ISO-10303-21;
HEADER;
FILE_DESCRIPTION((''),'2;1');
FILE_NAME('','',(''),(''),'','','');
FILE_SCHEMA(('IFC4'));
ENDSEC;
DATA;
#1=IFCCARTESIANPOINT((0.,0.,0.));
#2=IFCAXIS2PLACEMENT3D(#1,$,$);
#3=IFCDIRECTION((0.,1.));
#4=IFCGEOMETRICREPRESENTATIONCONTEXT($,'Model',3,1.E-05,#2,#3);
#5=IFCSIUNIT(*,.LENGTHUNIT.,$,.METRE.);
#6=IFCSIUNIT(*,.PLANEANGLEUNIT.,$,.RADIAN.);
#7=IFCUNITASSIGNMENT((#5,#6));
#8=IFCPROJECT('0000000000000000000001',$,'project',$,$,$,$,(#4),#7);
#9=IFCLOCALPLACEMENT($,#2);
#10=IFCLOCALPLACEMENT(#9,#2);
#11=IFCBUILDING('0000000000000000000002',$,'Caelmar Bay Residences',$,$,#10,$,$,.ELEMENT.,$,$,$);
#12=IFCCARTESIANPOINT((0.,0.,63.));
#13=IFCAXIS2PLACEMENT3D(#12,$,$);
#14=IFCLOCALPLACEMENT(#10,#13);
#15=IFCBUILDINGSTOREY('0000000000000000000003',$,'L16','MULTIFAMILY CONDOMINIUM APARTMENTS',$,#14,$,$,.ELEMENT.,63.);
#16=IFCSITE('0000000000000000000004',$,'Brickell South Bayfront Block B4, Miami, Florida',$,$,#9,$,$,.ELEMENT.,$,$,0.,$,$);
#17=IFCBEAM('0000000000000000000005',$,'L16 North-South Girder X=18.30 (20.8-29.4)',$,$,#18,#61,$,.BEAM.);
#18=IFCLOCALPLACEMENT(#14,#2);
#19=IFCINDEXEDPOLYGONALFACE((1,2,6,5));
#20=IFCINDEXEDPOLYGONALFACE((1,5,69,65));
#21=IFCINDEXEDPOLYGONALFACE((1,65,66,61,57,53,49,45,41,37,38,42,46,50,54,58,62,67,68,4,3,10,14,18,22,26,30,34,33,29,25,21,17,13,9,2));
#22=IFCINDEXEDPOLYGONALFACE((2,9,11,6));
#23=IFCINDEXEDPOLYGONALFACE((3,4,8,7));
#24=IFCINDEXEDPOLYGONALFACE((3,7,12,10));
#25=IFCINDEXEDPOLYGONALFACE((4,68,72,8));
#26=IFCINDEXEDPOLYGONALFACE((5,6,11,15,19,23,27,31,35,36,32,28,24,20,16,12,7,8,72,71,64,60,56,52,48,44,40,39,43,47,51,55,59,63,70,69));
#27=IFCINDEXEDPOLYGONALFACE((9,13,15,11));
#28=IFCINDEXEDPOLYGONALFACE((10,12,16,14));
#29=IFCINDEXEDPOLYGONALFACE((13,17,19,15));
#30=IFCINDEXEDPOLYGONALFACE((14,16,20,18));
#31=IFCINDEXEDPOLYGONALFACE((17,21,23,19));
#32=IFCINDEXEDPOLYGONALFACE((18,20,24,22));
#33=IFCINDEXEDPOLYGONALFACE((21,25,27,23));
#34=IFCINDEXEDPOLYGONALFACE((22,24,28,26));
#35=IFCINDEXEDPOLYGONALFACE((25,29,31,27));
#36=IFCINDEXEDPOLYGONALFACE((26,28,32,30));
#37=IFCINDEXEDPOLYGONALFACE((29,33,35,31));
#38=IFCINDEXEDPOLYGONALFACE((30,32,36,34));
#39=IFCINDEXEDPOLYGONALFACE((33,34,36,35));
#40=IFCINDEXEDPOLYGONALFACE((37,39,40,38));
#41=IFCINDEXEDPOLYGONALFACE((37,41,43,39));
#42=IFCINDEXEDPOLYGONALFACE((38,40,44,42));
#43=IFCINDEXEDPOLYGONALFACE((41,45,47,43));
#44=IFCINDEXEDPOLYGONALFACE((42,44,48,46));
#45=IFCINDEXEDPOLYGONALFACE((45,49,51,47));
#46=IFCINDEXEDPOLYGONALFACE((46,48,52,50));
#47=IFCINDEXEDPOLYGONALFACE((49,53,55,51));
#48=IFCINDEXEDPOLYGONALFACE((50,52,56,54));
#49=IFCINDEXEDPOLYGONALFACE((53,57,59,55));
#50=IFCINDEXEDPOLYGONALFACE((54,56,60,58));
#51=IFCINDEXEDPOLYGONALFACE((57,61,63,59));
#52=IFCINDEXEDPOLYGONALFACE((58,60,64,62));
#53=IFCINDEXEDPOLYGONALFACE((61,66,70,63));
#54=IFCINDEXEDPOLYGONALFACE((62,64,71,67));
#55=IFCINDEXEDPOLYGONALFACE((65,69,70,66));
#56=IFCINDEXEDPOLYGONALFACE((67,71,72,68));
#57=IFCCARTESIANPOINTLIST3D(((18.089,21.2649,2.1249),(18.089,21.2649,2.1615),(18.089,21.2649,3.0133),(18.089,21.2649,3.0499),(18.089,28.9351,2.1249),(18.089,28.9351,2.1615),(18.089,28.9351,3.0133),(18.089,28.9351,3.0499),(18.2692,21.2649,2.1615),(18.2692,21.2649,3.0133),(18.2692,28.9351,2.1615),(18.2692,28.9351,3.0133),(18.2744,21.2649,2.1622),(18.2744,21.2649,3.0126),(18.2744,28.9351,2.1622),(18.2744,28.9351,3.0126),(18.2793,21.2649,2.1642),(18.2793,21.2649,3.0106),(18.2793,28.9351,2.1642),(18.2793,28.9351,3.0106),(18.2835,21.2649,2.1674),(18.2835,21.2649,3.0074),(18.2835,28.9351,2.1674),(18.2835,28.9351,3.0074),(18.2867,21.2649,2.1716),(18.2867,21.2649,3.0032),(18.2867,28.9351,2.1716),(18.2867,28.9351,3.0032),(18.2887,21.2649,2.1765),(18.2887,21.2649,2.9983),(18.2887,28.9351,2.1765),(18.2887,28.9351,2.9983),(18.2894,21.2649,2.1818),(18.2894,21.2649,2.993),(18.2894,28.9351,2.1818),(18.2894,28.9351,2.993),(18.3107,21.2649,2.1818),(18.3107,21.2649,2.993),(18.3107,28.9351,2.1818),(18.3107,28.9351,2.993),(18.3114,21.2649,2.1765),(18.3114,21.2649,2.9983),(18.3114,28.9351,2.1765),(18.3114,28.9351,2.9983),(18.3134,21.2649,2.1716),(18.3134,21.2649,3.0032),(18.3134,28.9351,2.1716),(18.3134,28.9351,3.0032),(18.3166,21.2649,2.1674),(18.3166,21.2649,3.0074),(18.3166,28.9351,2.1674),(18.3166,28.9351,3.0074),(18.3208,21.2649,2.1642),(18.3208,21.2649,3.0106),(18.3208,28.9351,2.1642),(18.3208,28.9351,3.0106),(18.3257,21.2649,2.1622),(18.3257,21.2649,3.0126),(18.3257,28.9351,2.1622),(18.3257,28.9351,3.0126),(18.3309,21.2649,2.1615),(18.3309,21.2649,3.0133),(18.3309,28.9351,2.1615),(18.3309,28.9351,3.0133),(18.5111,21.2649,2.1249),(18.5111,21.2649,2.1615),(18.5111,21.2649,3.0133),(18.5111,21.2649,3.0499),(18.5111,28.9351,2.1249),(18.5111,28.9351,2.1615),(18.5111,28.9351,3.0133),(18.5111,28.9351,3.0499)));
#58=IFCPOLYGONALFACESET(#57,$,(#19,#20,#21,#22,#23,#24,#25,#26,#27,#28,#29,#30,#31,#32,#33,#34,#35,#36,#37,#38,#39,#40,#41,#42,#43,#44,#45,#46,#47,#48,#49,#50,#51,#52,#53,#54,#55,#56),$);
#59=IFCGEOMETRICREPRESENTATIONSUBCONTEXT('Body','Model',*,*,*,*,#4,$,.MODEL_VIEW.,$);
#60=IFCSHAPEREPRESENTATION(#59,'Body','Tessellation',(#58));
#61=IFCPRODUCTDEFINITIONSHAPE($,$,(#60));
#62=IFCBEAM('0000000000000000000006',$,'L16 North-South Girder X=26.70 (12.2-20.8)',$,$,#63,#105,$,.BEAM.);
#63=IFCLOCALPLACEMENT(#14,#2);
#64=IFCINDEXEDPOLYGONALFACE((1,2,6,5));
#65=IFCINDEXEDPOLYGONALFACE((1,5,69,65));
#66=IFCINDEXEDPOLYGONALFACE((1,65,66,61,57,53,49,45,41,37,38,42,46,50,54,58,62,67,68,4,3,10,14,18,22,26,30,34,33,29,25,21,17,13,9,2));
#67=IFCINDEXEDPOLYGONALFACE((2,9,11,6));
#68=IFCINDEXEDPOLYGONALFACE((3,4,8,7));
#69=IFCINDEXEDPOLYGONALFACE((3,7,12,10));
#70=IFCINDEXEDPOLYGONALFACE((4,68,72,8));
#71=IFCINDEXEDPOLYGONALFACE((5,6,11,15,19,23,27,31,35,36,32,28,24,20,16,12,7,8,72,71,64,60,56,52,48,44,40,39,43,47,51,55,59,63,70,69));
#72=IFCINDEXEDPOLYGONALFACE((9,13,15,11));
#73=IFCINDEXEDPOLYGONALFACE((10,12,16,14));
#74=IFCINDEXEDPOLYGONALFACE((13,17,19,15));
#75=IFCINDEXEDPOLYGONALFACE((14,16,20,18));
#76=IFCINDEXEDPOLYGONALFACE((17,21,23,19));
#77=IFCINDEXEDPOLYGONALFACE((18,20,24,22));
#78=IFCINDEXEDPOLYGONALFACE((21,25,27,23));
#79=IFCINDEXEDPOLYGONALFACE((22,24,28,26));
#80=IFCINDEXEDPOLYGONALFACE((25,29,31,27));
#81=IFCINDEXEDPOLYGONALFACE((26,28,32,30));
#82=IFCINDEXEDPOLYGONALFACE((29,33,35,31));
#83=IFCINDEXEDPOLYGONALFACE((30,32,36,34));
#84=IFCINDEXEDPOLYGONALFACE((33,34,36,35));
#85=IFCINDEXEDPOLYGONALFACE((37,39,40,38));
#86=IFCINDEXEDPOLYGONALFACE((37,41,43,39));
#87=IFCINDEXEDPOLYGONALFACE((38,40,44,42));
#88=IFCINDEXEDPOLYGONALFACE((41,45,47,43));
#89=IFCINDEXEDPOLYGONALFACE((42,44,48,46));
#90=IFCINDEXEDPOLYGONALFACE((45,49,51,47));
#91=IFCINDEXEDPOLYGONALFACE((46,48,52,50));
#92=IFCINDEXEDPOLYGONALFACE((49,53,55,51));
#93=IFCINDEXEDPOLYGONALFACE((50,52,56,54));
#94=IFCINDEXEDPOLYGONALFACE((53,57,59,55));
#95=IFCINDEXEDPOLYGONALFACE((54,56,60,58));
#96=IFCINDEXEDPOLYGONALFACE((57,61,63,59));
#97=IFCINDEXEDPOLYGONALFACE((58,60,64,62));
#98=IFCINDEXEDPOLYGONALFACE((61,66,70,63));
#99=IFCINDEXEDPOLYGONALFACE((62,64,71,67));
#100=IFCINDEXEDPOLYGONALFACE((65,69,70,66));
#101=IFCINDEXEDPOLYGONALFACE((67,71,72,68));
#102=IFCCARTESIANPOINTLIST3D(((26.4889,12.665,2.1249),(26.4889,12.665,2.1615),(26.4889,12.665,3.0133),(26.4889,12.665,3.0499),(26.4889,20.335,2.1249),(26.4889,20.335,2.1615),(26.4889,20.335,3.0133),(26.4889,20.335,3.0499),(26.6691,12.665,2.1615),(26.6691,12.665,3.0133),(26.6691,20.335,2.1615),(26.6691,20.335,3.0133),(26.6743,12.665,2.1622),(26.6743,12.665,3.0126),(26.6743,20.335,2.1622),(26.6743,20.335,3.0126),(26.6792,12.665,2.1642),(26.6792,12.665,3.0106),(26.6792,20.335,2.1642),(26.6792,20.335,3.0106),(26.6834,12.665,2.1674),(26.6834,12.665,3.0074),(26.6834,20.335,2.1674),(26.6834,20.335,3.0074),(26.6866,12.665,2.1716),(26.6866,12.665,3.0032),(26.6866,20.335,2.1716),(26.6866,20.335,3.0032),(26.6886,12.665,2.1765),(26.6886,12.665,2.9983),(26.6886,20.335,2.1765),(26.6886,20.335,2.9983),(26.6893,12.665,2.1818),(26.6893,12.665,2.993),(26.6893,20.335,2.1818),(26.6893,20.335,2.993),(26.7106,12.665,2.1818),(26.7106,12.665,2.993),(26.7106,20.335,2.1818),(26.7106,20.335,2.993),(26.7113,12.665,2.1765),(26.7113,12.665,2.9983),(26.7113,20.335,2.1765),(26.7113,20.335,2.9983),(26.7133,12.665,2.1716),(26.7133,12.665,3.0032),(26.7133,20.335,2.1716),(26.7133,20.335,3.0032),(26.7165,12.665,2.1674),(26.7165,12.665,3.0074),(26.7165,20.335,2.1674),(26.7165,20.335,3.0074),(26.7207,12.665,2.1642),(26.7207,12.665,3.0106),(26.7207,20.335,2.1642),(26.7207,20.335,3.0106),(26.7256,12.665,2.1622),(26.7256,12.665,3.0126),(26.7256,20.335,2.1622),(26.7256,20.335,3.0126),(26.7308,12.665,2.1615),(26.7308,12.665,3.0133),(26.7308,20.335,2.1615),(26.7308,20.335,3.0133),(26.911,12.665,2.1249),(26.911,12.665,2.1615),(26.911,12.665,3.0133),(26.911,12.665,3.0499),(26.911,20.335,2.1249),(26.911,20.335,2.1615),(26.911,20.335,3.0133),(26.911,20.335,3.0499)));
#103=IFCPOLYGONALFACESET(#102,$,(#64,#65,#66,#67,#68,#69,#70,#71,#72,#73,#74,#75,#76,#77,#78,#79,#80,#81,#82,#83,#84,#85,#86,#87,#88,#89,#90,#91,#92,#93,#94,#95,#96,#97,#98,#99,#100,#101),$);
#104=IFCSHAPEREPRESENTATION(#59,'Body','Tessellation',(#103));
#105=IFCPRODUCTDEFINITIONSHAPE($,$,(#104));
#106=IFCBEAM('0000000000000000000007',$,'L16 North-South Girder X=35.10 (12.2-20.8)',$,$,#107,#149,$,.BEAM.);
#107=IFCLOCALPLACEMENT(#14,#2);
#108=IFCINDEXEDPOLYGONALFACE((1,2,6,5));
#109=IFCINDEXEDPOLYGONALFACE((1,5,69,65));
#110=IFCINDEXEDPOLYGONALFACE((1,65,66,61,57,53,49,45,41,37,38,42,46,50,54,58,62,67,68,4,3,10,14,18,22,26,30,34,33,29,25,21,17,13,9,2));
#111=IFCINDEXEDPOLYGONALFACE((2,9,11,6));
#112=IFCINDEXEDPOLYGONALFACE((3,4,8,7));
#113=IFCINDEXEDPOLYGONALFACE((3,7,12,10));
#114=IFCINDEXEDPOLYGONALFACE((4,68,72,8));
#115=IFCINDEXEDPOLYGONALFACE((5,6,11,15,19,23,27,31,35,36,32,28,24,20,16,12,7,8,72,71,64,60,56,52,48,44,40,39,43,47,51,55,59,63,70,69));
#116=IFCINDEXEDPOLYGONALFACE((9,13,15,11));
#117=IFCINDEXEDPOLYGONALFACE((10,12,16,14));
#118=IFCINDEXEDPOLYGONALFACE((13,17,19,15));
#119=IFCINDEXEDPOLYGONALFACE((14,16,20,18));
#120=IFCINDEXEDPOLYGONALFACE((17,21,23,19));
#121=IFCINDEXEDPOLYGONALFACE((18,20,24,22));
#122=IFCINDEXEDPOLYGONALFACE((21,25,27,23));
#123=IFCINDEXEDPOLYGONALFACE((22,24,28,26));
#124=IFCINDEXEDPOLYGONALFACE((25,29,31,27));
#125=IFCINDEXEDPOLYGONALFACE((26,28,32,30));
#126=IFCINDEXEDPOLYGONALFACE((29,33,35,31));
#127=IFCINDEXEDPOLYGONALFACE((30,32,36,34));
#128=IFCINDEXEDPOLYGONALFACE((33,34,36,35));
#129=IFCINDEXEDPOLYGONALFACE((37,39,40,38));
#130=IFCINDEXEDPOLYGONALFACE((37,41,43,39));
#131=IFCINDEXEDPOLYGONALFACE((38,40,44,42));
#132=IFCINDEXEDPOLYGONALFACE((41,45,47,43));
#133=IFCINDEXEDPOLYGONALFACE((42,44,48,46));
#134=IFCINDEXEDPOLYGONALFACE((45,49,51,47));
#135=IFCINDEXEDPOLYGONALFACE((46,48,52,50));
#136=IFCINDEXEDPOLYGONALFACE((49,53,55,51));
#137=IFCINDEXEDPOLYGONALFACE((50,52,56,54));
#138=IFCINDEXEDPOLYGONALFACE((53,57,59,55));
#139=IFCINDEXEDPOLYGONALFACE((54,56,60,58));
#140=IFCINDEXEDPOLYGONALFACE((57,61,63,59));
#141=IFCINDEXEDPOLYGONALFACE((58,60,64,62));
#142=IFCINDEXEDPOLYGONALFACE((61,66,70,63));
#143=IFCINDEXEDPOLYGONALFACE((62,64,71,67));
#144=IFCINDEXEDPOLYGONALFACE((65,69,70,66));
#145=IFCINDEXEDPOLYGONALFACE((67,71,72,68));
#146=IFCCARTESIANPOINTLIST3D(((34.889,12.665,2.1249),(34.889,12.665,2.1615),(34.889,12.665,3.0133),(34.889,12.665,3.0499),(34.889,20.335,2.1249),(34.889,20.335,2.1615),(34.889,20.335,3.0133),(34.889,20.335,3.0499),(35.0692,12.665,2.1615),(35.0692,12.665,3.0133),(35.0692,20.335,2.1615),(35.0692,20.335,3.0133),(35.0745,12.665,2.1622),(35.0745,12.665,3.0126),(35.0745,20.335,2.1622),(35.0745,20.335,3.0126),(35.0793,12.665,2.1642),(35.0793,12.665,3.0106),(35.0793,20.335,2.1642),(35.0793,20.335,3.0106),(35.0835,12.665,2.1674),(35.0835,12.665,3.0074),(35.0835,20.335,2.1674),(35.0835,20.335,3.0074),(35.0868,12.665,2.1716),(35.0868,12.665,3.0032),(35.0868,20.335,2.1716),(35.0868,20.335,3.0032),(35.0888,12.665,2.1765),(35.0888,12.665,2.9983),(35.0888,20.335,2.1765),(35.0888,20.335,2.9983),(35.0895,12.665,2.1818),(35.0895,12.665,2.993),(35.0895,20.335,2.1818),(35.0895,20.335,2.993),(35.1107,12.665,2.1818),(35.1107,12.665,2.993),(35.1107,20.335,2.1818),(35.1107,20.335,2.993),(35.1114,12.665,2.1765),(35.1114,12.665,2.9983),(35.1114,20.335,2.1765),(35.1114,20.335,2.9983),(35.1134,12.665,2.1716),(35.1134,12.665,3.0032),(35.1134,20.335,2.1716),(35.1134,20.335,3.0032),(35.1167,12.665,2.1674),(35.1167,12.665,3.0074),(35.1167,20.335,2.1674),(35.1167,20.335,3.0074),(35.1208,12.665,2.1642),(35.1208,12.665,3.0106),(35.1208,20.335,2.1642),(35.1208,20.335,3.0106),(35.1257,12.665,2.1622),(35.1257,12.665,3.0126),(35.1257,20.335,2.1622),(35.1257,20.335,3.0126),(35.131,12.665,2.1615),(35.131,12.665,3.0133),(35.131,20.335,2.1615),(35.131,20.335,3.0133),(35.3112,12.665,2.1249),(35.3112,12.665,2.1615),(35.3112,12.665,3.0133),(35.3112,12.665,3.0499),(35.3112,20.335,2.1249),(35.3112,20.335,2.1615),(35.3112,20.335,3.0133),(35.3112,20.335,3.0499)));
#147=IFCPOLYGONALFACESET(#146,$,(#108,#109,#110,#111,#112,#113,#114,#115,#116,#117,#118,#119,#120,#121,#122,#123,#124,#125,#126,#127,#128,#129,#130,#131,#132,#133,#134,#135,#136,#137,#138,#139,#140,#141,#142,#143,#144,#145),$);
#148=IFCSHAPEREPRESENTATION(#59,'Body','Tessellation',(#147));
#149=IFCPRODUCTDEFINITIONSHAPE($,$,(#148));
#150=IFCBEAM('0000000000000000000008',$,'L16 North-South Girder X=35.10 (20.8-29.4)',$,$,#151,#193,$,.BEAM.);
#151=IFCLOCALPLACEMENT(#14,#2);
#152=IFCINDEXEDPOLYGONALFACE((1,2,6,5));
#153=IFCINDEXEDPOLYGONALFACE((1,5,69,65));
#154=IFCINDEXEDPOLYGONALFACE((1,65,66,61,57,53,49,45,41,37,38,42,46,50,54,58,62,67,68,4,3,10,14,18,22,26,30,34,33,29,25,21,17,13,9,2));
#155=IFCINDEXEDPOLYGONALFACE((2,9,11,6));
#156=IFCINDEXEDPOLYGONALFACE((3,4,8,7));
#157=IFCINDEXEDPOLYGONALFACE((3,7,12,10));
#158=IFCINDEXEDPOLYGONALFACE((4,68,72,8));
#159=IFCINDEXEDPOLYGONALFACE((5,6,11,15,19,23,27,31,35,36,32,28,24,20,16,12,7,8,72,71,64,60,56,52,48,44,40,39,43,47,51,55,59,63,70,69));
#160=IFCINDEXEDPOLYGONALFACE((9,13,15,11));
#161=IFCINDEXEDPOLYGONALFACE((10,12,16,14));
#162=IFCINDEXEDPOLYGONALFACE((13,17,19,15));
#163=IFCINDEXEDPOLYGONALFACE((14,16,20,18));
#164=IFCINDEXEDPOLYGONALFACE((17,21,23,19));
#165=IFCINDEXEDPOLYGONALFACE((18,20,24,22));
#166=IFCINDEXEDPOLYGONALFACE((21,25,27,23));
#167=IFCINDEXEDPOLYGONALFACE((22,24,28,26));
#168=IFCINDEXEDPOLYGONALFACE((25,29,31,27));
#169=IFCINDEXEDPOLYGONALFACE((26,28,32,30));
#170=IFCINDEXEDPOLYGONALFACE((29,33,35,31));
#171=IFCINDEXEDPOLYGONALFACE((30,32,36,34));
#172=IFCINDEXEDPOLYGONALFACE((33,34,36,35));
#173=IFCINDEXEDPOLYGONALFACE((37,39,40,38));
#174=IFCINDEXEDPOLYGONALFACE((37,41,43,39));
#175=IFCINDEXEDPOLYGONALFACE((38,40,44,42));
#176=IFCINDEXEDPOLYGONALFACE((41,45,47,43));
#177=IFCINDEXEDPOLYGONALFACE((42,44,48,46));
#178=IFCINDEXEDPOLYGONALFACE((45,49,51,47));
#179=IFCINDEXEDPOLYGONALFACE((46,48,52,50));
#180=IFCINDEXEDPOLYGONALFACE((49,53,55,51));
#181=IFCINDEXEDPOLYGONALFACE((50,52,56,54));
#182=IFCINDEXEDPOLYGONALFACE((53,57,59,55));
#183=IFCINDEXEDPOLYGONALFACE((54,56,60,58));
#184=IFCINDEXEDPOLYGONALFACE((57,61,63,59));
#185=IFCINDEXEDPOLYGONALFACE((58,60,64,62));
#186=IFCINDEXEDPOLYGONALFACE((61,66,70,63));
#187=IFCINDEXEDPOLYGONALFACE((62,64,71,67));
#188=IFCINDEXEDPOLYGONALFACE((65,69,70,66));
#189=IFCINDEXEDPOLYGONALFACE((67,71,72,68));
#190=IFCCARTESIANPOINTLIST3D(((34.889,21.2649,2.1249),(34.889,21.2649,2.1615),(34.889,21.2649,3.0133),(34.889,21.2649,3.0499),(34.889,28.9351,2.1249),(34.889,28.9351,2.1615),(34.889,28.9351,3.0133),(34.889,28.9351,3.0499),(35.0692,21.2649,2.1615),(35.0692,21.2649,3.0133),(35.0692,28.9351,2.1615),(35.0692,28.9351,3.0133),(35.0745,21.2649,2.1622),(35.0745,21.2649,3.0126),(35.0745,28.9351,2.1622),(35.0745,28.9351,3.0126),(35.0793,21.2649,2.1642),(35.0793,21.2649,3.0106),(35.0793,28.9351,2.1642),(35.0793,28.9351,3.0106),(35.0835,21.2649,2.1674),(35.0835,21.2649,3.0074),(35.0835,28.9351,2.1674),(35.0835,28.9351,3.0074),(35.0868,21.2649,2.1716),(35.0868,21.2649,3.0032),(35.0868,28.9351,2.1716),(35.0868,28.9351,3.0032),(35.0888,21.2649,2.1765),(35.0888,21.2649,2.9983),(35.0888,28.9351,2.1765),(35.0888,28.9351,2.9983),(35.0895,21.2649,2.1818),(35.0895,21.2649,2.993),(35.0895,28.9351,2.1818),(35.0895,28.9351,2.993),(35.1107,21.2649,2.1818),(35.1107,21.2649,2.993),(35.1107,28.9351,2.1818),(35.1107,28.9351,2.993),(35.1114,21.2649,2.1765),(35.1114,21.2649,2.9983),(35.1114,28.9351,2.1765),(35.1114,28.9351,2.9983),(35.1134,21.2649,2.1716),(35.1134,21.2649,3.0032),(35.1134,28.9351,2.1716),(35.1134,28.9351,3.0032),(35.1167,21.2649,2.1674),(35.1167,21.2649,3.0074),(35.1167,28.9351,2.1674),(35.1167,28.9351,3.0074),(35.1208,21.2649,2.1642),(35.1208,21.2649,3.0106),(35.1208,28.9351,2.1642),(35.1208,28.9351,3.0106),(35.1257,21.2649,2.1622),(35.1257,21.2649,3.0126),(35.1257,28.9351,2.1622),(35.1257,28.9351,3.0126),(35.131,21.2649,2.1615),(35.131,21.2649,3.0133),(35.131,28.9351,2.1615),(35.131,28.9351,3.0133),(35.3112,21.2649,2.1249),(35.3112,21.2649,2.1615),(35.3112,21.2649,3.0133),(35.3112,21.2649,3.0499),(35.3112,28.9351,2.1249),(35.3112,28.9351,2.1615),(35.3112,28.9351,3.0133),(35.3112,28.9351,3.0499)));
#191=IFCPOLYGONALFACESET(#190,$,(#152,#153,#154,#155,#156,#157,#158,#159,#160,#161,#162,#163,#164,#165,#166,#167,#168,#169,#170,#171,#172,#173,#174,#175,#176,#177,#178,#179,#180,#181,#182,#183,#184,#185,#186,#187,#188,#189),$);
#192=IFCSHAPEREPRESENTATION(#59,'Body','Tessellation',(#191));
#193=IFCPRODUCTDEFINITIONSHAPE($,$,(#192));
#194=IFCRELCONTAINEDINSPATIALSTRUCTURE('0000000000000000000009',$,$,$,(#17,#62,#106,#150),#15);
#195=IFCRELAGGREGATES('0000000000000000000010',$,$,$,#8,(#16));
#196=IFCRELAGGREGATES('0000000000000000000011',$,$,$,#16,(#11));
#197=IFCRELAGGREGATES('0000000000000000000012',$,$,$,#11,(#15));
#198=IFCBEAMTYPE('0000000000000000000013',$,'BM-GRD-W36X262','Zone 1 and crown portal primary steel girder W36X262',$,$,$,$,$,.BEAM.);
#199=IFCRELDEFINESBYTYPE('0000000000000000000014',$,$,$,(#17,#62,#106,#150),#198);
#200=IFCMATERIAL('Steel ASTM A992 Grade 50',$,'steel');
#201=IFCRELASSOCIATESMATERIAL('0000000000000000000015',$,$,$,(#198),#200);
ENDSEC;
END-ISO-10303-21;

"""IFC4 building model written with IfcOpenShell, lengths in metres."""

from ifc_helpers import new_model, si_unit, direction, frame, origin, origin_2d, place, context, subcontext, project, spatial, i_section, extrude, material, material_profile, profile_set, type_object, element, save


model = new_model("IFC4")

# Units and contexts
model_context = context("Model", 3, precision=1e-05, world=origin(), true_north=direction((0.0, 1.0)))
body_context = subcontext(model_context, "Body", "Model", "MODEL_VIEW")
ifc_project = project(units=[si_unit("LENGTHUNIT", "METRE"), si_unit("PLANEANGLEUNIT", "RADIAN")], contexts=[model_context])

# Site, building, storey
site_placement = place(None, origin())
site = spatial("IfcSite", under=ifc_project, at=site_placement, Name="Brickell South Bayfront Block B4, Miami, Florida", CompositionType="ELEMENT", RefElevation=0.0)
building_placement = place(site_placement, origin())
building = spatial("IfcBuilding", under=site, at=building_placement, Name="Caelmar Bay Residences", CompositionType="ELEMENT")
storey_placement = place(building_placement, frame((0.0, 0.0, 63.0)))
storey = spatial("IfcBuildingStorey", under=building, at=storey_placement, Name="L16", Description="MULTIFAMILY CONDOMINIUM APARTMENTS", CompositionType="ELEMENT", Elevation=63.0)

# Beams
ifc_material_1 = material(Name="Steel ASTM A992 Grade 50", Category="steel")
ifc_material_profile_1 = material_profile(ifc_material_1, i_section(OverallWidth=0.4221, OverallDepth=0.925, WebThickness=0.0212, FlangeThickness=0.0366, FilletRadius=0.0203, at=origin_2d()), Name="W36X262")
ifc_profile_set_1 = profile_set([ifc_material_profile_1], Name="Steel ASTM A992 Grade 50")
beam_type_1 = type_object("IfcBeamType", Name="BM-GRD-W36X262", Description="Zone 1 and crown portal primary steel girder W36X262", PredefinedType="BEAM", material=ifc_profile_set_1)
beam_1_placement = place(storey_placement, frame((18.3, 21.2649, 2.5874), z_axis=(0.0, 1.0, 0.0), x_axis=(-1.0, 0.0, 0.0)))
element("IfcBeam", 1, at=beam_1_placement, inside=storey, type_object=beam_type_1, Name="L16 North-South Girder X=18.30 (20.8-29.4)", PredefinedType="BEAM", context=body_context, shape_type="SweptSolid", body=[
    extrude(i_section(OverallWidth=0.4221, OverallDepth=0.925, WebThickness=0.0212, FlangeThickness=0.0366, FilletRadius=0.0203, at=origin_2d()), origin(), (0.0, 0.0, 1.0), 7.6702),
])
for number, where, z_axis, x_axis, name in (
    (2, (26.7, 12.665, 2.5874), (0.0, 1.0, 0.0), (-1.0, 0.0, 0.0), "L16 North-South Girder X=26.70 (12.2-20.8)"),
    (3, (35.1001, 12.665, 2.5874), (0.0, 1.0, 0.0), (-1.0, 0.0, 0.0), "L16 North-South Girder X=35.10 (12.2-20.8)"),
):
    element("IfcBeam", number, at=place(storey_placement, frame(where, z_axis=z_axis, x_axis=x_axis)), inside=storey, type_object=beam_type_1, Name=name, PredefinedType="BEAM", context=body_context, shape_type="SweptSolid", body=[
        extrude(i_section(OverallWidth=0.4221, OverallDepth=0.925, WebThickness=0.0212, FlangeThickness=0.0366, FilletRadius=0.0203, at=origin_2d()), origin(), (0.0, 0.0, 1.0), 7.6699),
    ])
beam_2_placement = place(storey_placement, frame((35.1001, 21.2649, 2.5874), z_axis=(0.0, 1.0, 0.0), x_axis=(-1.0, 0.0, 0.0)))
element("IfcBeam", 4, at=beam_2_placement, inside=storey, type_object=beam_type_1, Name="L16 North-South Girder X=35.10 (20.8-29.4)", PredefinedType="BEAM", context=body_context, shape_type="SweptSolid", body=[
    extrude(i_section(OverallWidth=0.4221, OverallDepth=0.925, WebThickness=0.0212, FlangeThickness=0.0366, FilletRadius=0.0203, at=origin_2d()), origin(), (0.0, 0.0, 1.0), 7.6702),
])

save(model, "model.ifc")
